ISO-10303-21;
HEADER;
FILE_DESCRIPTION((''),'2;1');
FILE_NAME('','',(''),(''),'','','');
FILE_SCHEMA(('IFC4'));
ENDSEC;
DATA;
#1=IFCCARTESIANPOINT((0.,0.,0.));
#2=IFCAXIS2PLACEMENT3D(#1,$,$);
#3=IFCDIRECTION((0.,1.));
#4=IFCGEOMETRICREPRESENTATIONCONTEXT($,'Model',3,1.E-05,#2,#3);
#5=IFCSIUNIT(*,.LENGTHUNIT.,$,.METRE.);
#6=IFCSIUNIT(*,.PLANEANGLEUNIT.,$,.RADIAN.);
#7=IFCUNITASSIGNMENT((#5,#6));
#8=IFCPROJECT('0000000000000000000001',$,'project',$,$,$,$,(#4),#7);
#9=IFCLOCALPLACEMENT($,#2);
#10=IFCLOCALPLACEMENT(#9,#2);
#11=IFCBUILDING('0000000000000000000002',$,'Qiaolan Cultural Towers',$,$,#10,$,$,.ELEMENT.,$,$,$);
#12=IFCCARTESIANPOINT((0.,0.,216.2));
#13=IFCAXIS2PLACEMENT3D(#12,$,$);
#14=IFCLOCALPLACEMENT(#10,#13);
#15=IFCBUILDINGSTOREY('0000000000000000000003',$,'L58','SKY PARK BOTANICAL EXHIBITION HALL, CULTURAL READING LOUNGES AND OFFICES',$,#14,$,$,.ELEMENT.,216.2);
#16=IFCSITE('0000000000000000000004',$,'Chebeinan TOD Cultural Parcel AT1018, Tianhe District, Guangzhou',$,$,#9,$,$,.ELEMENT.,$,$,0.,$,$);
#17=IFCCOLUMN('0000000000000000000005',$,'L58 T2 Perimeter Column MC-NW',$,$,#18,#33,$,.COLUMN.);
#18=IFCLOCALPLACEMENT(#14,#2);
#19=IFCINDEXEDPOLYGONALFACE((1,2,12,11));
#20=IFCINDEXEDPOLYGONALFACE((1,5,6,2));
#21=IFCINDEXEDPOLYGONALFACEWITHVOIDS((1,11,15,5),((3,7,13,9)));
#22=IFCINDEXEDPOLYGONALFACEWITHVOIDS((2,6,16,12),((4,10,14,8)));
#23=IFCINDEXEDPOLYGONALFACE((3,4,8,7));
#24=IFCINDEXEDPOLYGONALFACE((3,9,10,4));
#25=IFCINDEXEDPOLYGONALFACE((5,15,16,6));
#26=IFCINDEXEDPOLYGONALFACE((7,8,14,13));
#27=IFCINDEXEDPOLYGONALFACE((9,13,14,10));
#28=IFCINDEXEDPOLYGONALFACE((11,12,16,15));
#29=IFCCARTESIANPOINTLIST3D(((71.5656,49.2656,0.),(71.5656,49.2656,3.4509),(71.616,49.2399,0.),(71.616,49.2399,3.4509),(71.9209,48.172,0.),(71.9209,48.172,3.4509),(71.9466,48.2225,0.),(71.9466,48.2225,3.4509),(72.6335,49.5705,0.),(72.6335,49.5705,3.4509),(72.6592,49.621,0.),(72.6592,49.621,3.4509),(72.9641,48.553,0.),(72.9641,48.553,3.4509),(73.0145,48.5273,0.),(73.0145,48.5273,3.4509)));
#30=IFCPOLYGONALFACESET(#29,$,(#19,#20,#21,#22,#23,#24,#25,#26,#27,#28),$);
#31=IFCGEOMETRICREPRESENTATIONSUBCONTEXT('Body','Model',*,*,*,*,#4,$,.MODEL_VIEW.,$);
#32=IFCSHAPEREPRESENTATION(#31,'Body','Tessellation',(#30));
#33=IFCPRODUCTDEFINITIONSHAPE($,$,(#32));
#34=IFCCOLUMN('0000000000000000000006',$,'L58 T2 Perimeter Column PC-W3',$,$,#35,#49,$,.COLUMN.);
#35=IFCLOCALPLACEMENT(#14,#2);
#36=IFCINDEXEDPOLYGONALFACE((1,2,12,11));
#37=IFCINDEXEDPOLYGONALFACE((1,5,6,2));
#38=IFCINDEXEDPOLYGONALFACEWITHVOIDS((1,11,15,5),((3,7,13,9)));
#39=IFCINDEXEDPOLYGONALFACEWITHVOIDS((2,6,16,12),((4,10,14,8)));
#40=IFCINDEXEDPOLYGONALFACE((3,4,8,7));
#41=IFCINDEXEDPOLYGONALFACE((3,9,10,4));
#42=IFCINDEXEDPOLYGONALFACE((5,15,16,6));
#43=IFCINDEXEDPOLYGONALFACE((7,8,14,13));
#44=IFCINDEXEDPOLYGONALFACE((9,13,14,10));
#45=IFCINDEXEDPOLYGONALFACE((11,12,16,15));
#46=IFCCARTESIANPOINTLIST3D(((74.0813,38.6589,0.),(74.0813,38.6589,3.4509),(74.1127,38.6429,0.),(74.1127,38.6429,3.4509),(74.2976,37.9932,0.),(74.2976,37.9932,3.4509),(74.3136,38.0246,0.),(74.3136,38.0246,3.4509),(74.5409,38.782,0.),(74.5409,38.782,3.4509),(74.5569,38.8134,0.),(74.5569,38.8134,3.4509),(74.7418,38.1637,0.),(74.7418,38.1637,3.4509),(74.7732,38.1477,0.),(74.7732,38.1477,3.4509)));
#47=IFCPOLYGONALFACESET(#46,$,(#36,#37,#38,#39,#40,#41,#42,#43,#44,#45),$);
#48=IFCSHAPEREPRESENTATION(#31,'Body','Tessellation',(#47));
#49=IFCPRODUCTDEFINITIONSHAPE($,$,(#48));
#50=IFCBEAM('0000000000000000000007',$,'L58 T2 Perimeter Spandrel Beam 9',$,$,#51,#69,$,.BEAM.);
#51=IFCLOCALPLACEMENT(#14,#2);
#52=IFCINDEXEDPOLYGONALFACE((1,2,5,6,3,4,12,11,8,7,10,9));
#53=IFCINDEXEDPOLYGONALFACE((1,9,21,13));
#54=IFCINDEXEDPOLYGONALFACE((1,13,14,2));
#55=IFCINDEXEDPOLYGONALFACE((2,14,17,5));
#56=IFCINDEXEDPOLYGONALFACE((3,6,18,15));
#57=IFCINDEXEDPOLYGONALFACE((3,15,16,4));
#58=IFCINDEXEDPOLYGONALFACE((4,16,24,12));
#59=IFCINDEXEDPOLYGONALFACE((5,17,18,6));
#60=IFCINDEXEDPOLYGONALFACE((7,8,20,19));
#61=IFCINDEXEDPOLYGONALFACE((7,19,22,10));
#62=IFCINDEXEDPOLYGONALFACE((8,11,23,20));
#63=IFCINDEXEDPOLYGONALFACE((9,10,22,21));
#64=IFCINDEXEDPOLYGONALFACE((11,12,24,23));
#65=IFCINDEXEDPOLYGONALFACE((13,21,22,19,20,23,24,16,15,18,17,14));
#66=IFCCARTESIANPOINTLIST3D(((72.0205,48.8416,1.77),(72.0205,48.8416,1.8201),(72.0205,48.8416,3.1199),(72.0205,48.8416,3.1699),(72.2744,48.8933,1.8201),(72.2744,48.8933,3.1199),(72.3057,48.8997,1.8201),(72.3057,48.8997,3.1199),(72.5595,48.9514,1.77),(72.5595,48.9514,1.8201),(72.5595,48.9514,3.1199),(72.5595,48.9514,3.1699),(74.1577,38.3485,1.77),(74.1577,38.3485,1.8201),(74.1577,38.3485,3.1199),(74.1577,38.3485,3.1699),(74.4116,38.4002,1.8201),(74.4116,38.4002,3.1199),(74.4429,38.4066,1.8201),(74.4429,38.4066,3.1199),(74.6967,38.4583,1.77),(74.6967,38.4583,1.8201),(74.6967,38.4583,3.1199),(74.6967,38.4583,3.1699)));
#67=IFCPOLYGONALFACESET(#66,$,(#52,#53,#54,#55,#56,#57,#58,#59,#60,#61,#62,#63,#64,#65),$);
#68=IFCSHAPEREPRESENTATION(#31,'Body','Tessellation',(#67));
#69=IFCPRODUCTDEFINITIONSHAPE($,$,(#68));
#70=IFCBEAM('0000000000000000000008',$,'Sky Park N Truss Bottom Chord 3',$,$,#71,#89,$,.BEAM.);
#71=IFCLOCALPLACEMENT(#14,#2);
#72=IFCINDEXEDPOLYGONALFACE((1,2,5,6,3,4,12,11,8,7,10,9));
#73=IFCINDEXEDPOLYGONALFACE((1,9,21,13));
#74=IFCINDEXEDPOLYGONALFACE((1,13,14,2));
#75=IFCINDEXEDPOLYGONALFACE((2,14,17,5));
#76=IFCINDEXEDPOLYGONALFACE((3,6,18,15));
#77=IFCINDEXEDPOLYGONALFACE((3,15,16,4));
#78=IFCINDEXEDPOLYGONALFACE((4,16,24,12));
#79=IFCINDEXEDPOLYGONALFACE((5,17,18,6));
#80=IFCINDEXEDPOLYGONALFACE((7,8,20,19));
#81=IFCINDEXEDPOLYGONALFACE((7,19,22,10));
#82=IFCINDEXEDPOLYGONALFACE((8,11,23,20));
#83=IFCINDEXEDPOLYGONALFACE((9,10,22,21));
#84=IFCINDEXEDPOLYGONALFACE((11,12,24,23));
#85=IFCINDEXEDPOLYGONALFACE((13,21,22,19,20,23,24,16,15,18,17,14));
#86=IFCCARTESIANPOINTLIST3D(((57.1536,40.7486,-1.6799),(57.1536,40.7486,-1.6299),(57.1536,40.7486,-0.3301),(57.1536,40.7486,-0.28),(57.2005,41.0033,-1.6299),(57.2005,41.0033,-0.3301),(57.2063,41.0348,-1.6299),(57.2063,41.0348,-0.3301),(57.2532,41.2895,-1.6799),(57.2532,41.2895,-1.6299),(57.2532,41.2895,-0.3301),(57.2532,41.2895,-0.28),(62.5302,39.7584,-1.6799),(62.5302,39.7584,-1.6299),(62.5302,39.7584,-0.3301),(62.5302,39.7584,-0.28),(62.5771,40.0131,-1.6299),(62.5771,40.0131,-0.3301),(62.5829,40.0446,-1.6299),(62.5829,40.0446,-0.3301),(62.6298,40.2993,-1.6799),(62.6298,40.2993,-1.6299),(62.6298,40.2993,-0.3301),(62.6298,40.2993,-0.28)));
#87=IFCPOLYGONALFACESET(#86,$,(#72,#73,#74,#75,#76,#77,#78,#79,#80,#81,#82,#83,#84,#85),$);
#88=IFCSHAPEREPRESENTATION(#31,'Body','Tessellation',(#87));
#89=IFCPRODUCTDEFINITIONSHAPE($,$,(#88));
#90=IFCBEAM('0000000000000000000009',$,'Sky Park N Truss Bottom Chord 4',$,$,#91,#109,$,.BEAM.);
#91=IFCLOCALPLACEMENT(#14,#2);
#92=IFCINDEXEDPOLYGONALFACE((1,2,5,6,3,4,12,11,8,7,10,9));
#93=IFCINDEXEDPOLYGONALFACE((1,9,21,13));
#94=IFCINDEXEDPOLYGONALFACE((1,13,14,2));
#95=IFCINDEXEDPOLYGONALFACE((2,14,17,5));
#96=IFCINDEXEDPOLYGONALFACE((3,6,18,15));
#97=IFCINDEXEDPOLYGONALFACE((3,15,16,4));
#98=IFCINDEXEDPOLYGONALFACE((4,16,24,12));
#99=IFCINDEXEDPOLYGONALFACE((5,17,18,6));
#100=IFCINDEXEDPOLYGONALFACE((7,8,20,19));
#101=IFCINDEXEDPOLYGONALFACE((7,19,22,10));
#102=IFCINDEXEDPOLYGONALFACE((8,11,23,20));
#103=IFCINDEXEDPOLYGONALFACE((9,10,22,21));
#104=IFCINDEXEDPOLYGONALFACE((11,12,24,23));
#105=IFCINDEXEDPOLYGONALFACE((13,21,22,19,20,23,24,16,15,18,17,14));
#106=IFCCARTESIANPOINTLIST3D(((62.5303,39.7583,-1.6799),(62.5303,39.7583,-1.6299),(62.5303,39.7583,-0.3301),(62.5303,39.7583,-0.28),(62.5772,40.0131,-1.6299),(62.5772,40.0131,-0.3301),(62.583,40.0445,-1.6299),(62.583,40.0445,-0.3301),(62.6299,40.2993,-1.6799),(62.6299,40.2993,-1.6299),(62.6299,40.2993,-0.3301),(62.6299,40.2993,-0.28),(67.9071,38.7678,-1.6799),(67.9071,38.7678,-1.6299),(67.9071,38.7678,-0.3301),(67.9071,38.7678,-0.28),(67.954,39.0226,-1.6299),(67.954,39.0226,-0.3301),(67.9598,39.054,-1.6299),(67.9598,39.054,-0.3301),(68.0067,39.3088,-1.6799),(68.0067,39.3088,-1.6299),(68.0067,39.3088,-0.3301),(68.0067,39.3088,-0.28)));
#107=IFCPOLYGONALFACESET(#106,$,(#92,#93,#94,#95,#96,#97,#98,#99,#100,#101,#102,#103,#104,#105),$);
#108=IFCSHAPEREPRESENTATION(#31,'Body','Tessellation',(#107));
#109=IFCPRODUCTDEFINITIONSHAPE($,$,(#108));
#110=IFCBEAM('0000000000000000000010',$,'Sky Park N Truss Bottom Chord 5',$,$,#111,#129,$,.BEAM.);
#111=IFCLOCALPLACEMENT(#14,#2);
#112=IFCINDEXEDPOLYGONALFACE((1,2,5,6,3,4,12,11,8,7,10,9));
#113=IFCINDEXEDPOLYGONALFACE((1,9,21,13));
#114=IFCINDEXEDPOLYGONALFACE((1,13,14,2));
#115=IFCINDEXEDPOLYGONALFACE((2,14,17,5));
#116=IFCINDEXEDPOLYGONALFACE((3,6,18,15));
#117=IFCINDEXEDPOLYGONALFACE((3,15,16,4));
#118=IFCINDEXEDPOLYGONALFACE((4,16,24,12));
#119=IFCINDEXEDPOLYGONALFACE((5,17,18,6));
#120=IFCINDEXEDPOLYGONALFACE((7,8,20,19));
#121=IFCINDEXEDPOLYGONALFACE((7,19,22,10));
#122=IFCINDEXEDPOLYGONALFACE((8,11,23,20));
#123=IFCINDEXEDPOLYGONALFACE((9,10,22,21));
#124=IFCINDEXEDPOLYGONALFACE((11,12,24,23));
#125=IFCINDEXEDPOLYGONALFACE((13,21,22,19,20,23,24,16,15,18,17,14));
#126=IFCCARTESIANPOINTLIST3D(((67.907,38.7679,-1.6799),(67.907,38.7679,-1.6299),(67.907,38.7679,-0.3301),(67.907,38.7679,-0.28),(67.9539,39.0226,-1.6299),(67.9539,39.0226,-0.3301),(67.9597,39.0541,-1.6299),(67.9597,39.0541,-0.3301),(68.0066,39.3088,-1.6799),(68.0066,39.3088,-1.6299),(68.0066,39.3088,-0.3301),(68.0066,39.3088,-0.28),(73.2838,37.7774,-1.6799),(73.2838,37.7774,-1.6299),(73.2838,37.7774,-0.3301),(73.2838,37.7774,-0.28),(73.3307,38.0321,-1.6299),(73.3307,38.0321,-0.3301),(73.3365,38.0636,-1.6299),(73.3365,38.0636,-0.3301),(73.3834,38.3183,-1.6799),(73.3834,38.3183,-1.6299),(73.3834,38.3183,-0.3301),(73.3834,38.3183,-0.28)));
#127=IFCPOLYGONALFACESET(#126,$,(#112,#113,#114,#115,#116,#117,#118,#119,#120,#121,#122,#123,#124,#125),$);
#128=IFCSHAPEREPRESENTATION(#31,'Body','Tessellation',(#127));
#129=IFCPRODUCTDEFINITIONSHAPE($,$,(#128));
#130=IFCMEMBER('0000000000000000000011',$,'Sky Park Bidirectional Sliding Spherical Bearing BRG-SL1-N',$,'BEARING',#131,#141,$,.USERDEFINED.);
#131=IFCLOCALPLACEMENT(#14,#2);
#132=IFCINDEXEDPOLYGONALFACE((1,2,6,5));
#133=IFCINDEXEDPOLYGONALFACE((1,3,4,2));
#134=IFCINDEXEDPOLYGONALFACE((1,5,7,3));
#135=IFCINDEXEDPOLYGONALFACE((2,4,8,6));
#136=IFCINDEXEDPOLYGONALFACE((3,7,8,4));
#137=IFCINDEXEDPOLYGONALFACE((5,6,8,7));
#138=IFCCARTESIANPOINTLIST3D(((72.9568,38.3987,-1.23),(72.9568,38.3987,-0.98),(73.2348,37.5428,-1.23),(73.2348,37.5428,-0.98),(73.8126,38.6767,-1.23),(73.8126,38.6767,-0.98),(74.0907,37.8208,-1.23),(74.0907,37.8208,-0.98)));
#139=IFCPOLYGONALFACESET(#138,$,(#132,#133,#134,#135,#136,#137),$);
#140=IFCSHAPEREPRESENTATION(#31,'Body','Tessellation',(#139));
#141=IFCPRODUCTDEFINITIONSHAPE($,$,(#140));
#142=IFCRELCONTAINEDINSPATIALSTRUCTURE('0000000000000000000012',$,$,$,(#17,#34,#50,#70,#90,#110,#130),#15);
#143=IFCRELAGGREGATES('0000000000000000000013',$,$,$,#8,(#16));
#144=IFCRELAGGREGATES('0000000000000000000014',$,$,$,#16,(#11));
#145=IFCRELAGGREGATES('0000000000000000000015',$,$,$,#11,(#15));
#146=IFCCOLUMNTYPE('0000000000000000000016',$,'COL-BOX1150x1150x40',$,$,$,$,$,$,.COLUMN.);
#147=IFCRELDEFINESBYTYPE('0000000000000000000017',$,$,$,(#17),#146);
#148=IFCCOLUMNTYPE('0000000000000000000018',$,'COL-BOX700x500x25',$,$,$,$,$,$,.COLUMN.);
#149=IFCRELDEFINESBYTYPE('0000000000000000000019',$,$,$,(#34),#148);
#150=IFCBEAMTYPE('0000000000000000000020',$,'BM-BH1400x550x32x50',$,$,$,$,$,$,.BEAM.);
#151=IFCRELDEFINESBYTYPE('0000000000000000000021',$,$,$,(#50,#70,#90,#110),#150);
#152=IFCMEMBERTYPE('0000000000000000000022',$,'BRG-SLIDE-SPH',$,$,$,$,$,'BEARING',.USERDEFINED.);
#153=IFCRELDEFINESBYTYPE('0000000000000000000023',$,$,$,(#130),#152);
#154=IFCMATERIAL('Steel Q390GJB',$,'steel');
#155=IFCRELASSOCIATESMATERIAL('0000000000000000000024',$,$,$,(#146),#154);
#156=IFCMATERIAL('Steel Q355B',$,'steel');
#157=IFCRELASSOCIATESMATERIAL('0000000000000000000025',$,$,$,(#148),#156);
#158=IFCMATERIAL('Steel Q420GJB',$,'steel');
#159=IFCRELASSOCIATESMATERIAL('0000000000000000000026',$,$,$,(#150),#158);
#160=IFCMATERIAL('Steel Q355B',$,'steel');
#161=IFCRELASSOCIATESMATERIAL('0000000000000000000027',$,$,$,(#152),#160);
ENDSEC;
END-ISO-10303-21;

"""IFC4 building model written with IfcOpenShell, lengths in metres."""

from ifc_helpers import new_model, si_unit, direction, frame, origin, origin_2d, place, context, subcontext, project, spatial, rectangle, hollow_rectangle, i_section, extrude, material, material_profile, profile_set, type_object, element, save


model = new_model("IFC4")

# Units and contexts
model_context = context("Model", 3, precision=1e-05, world=origin(), true_north=direction((0.0, 1.0)))
body_context = subcontext(model_context, "Body", "Model", "MODEL_VIEW")
ifc_project = project(units=[si_unit("LENGTHUNIT", "METRE"), si_unit("PLANEANGLEUNIT", "RADIAN")], contexts=[model_context])

# Site, building, storey
site_placement = place(None, origin())
site = spatial("IfcSite", under=ifc_project, at=site_placement, Name="Chebeinan TOD Cultural Parcel AT1018, Tianhe District, Guangzhou", CompositionType="ELEMENT", RefElevation=0.0)
building_placement = place(site_placement, origin())
building = spatial("IfcBuilding", under=site, at=building_placement, Name="Qiaolan Cultural Towers", CompositionType="ELEMENT")
storey_placement = place(building_placement, frame((0.0, 0.0, 216.2)))
storey = spatial("IfcBuildingStorey", under=building, at=storey_placement, Name="L58", Description="SKY PARK BOTANICAL EXHIBITION HALL, CULTURAL READING LOUNGES AND OFFICES", CompositionType="ELEMENT", Elevation=216.2)

# Columns
ifc_material_1 = material(Name="Steel Q390GJB", Category="steel")
ifc_material_profile_1 = material_profile(ifc_material_1, hollow_rectangle(XDim=1.1499, YDim=1.1499, WallThickness=0.04, at=origin_2d()), Name="BOX1150x1150x40")
ifc_profile_set_1 = profile_set([ifc_material_profile_1], Name="Steel Q390GJB")
column_type_1 = type_object("IfcColumnType", Name="COL-BOX1150x1150x40", PredefinedType="COLUMN", material=ifc_profile_set_1)
column_1_placement = place(storey_placement, frame((72.29, 48.8965, 0.0), z_axis=(0.0, 0.0, 1.0), x_axis=(0.951057, 0.309017, 0.0)))
element("IfcColumn", 1, at=column_1_placement, inside=storey, type_object=column_type_1, Name="L58 T2 Perimeter Column MC-NW", PredefinedType="COLUMN", context=body_context, shape_type="SweptSolid", body=[
    extrude(hollow_rectangle(XDim=1.1499, YDim=1.1499, WallThickness=0.04, at=origin_2d()), origin(), (0.0, 0.0, 1.0), 3.4509),
])
ifc_material_2 = material(Name="Steel Q355B", Category="steel")
ifc_material_profile_2 = material_profile(ifc_material_2, hollow_rectangle(XDim=0.5, YDim=0.7, WallThickness=0.0249, at=origin_2d()), Name="BOX700x500x25")
ifc_profile_set_2 = profile_set([ifc_material_profile_2], Name="Steel Q355B")
column_type_2 = type_object("IfcColumnType", Name="COL-BOX700x500x25", PredefinedType="COLUMN", material=ifc_profile_set_2)
column_2_placement = place(storey_placement, frame((74.4272, 38.4033, 0.0), z_axis=(0.0, 0.0, 1.0), x_axis=(0.951057, 0.309017, 0.0)))
element("IfcColumn", 2, at=column_2_placement, inside=storey, type_object=column_type_2, Name="L58 T2 Perimeter Column PC-W3", PredefinedType="COLUMN", context=body_context, shape_type="SweptSolid", body=[
    extrude(hollow_rectangle(XDim=0.5, YDim=0.7, WallThickness=0.0249, at=origin_2d()), origin(), (0.0, 0.0, 1.0), 3.4509),
])

# Beams
ifc_material_3 = material(Name="Steel Q420GJB", Category="steel")
ifc_material_profile_3 = material_profile(ifc_material_3, i_section(OverallWidth=0.55, OverallDepth=1.3999, WebThickness=0.032, FlangeThickness=0.05, at=origin_2d()), Name="BH1400x550x32x50")
ifc_profile_set_3 = profile_set([ifc_material_profile_3], Name="Steel Q420GJB")
beam_type = type_object("IfcBeamType", Name="BM-BH1400x550x32x50", PredefinedType="BEAM", material=ifc_profile_set_3)
beam_1_placement = place(storey_placement, frame((72.29, 48.8965, 2.47), z_axis=(0.199579, -0.979882, 0.0), x_axis=(0.979882, 0.199579, 0.0)))
element("IfcBeam", 3, at=beam_1_placement, inside=storey, type_object=beam_type, Name="L58 T2 Perimeter Spandrel Beam 9", PredefinedType="BEAM", context=body_context, shape_type="SweptSolid", body=[
    extrude(i_section(OverallWidth=0.55, OverallDepth=1.3999, WebThickness=0.032, FlangeThickness=0.05, at=origin_2d()), origin(), (0.0, 0.0, 1.0), 10.7085),
])
beam_2_placement = place(storey_placement, frame((57.2034, 41.019, -0.98), z_axis=(0.98346, -0.181125, 0.0), x_axis=(0.181125, 0.98346, 0.0)))
element("IfcBeam", 4, at=beam_2_placement, inside=storey, type_object=beam_type, Name="Sky Park N Truss Bottom Chord 3", PredefinedType="BEAM", context=body_context, shape_type="SweptSolid", body=[
    extrude(i_section(OverallWidth=0.55, OverallDepth=1.3999, WebThickness=0.032, FlangeThickness=0.05, at=origin_2d()), origin(), (0.0, 0.0, 1.0), 5.467),
])
for number, where, z_axis, x_axis, name in (
    (5, (62.5801, 40.0288, -0.98), (0.983452, -0.181168, 0.0), (0.181168, 0.983452, 0.0), "Sky Park N Truss Bottom Chord 4"),
    (6, (67.9568, 39.0383, -0.98), (0.983452, -0.181168, 0.0), (0.181168, 0.983452, 0.0), "Sky Park N Truss Bottom Chord 5"),
):
    element("IfcBeam", number, at=place(storey_placement, frame(where, z_axis=z_axis, x_axis=x_axis)), inside=storey, type_object=beam_type, Name=name, PredefinedType="BEAM", context=body_context, shape_type="SweptSolid", body=[
        extrude(i_section(OverallWidth=0.55, OverallDepth=1.3999, WebThickness=0.032, FlangeThickness=0.05, at=origin_2d()), origin(), (0.0, 0.0, 1.0), 5.4673),
    ])

# Member
ifc_material_4 = material(Name="Steel Q355B", Category="steel")
ifc_material_profile_4 = material_profile(ifc_material_4, rectangle(XDim=0.8999, YDim=0.25, at=origin_2d()), Name="SPH-BRG-900x900")
ifc_profile_set_4 = profile_set([ifc_material_profile_4], Name="Steel Q355B")
member_type_1 = type_object("IfcMemberType", Name="BRG-SLIDE-SPH", ElementType="BEARING", PredefinedType="USERDEFINED", material=ifc_profile_set_4)
member_placement = place(storey_placement, frame((73.9517, 38.2488, -1.105), z_axis=(-0.95107, -0.308976, 0.0), x_axis=(0.308976, -0.95107, 0.0)))
element("IfcMember", 7, at=member_placement, inside=storey, type_object=member_type_1, Name="Sky Park Bidirectional Sliding Spherical Bearing BRG-SL1-N", ObjectType="BEARING", PredefinedType="USERDEFINED", context=body_context, shape_type="SweptSolid", body=[
    extrude(rectangle(XDim=0.8999, YDim=0.25, at=origin_2d()), origin(), (0.0, 0.0, 1.0), 0.8999),
])

save(model, "model.ifc")
